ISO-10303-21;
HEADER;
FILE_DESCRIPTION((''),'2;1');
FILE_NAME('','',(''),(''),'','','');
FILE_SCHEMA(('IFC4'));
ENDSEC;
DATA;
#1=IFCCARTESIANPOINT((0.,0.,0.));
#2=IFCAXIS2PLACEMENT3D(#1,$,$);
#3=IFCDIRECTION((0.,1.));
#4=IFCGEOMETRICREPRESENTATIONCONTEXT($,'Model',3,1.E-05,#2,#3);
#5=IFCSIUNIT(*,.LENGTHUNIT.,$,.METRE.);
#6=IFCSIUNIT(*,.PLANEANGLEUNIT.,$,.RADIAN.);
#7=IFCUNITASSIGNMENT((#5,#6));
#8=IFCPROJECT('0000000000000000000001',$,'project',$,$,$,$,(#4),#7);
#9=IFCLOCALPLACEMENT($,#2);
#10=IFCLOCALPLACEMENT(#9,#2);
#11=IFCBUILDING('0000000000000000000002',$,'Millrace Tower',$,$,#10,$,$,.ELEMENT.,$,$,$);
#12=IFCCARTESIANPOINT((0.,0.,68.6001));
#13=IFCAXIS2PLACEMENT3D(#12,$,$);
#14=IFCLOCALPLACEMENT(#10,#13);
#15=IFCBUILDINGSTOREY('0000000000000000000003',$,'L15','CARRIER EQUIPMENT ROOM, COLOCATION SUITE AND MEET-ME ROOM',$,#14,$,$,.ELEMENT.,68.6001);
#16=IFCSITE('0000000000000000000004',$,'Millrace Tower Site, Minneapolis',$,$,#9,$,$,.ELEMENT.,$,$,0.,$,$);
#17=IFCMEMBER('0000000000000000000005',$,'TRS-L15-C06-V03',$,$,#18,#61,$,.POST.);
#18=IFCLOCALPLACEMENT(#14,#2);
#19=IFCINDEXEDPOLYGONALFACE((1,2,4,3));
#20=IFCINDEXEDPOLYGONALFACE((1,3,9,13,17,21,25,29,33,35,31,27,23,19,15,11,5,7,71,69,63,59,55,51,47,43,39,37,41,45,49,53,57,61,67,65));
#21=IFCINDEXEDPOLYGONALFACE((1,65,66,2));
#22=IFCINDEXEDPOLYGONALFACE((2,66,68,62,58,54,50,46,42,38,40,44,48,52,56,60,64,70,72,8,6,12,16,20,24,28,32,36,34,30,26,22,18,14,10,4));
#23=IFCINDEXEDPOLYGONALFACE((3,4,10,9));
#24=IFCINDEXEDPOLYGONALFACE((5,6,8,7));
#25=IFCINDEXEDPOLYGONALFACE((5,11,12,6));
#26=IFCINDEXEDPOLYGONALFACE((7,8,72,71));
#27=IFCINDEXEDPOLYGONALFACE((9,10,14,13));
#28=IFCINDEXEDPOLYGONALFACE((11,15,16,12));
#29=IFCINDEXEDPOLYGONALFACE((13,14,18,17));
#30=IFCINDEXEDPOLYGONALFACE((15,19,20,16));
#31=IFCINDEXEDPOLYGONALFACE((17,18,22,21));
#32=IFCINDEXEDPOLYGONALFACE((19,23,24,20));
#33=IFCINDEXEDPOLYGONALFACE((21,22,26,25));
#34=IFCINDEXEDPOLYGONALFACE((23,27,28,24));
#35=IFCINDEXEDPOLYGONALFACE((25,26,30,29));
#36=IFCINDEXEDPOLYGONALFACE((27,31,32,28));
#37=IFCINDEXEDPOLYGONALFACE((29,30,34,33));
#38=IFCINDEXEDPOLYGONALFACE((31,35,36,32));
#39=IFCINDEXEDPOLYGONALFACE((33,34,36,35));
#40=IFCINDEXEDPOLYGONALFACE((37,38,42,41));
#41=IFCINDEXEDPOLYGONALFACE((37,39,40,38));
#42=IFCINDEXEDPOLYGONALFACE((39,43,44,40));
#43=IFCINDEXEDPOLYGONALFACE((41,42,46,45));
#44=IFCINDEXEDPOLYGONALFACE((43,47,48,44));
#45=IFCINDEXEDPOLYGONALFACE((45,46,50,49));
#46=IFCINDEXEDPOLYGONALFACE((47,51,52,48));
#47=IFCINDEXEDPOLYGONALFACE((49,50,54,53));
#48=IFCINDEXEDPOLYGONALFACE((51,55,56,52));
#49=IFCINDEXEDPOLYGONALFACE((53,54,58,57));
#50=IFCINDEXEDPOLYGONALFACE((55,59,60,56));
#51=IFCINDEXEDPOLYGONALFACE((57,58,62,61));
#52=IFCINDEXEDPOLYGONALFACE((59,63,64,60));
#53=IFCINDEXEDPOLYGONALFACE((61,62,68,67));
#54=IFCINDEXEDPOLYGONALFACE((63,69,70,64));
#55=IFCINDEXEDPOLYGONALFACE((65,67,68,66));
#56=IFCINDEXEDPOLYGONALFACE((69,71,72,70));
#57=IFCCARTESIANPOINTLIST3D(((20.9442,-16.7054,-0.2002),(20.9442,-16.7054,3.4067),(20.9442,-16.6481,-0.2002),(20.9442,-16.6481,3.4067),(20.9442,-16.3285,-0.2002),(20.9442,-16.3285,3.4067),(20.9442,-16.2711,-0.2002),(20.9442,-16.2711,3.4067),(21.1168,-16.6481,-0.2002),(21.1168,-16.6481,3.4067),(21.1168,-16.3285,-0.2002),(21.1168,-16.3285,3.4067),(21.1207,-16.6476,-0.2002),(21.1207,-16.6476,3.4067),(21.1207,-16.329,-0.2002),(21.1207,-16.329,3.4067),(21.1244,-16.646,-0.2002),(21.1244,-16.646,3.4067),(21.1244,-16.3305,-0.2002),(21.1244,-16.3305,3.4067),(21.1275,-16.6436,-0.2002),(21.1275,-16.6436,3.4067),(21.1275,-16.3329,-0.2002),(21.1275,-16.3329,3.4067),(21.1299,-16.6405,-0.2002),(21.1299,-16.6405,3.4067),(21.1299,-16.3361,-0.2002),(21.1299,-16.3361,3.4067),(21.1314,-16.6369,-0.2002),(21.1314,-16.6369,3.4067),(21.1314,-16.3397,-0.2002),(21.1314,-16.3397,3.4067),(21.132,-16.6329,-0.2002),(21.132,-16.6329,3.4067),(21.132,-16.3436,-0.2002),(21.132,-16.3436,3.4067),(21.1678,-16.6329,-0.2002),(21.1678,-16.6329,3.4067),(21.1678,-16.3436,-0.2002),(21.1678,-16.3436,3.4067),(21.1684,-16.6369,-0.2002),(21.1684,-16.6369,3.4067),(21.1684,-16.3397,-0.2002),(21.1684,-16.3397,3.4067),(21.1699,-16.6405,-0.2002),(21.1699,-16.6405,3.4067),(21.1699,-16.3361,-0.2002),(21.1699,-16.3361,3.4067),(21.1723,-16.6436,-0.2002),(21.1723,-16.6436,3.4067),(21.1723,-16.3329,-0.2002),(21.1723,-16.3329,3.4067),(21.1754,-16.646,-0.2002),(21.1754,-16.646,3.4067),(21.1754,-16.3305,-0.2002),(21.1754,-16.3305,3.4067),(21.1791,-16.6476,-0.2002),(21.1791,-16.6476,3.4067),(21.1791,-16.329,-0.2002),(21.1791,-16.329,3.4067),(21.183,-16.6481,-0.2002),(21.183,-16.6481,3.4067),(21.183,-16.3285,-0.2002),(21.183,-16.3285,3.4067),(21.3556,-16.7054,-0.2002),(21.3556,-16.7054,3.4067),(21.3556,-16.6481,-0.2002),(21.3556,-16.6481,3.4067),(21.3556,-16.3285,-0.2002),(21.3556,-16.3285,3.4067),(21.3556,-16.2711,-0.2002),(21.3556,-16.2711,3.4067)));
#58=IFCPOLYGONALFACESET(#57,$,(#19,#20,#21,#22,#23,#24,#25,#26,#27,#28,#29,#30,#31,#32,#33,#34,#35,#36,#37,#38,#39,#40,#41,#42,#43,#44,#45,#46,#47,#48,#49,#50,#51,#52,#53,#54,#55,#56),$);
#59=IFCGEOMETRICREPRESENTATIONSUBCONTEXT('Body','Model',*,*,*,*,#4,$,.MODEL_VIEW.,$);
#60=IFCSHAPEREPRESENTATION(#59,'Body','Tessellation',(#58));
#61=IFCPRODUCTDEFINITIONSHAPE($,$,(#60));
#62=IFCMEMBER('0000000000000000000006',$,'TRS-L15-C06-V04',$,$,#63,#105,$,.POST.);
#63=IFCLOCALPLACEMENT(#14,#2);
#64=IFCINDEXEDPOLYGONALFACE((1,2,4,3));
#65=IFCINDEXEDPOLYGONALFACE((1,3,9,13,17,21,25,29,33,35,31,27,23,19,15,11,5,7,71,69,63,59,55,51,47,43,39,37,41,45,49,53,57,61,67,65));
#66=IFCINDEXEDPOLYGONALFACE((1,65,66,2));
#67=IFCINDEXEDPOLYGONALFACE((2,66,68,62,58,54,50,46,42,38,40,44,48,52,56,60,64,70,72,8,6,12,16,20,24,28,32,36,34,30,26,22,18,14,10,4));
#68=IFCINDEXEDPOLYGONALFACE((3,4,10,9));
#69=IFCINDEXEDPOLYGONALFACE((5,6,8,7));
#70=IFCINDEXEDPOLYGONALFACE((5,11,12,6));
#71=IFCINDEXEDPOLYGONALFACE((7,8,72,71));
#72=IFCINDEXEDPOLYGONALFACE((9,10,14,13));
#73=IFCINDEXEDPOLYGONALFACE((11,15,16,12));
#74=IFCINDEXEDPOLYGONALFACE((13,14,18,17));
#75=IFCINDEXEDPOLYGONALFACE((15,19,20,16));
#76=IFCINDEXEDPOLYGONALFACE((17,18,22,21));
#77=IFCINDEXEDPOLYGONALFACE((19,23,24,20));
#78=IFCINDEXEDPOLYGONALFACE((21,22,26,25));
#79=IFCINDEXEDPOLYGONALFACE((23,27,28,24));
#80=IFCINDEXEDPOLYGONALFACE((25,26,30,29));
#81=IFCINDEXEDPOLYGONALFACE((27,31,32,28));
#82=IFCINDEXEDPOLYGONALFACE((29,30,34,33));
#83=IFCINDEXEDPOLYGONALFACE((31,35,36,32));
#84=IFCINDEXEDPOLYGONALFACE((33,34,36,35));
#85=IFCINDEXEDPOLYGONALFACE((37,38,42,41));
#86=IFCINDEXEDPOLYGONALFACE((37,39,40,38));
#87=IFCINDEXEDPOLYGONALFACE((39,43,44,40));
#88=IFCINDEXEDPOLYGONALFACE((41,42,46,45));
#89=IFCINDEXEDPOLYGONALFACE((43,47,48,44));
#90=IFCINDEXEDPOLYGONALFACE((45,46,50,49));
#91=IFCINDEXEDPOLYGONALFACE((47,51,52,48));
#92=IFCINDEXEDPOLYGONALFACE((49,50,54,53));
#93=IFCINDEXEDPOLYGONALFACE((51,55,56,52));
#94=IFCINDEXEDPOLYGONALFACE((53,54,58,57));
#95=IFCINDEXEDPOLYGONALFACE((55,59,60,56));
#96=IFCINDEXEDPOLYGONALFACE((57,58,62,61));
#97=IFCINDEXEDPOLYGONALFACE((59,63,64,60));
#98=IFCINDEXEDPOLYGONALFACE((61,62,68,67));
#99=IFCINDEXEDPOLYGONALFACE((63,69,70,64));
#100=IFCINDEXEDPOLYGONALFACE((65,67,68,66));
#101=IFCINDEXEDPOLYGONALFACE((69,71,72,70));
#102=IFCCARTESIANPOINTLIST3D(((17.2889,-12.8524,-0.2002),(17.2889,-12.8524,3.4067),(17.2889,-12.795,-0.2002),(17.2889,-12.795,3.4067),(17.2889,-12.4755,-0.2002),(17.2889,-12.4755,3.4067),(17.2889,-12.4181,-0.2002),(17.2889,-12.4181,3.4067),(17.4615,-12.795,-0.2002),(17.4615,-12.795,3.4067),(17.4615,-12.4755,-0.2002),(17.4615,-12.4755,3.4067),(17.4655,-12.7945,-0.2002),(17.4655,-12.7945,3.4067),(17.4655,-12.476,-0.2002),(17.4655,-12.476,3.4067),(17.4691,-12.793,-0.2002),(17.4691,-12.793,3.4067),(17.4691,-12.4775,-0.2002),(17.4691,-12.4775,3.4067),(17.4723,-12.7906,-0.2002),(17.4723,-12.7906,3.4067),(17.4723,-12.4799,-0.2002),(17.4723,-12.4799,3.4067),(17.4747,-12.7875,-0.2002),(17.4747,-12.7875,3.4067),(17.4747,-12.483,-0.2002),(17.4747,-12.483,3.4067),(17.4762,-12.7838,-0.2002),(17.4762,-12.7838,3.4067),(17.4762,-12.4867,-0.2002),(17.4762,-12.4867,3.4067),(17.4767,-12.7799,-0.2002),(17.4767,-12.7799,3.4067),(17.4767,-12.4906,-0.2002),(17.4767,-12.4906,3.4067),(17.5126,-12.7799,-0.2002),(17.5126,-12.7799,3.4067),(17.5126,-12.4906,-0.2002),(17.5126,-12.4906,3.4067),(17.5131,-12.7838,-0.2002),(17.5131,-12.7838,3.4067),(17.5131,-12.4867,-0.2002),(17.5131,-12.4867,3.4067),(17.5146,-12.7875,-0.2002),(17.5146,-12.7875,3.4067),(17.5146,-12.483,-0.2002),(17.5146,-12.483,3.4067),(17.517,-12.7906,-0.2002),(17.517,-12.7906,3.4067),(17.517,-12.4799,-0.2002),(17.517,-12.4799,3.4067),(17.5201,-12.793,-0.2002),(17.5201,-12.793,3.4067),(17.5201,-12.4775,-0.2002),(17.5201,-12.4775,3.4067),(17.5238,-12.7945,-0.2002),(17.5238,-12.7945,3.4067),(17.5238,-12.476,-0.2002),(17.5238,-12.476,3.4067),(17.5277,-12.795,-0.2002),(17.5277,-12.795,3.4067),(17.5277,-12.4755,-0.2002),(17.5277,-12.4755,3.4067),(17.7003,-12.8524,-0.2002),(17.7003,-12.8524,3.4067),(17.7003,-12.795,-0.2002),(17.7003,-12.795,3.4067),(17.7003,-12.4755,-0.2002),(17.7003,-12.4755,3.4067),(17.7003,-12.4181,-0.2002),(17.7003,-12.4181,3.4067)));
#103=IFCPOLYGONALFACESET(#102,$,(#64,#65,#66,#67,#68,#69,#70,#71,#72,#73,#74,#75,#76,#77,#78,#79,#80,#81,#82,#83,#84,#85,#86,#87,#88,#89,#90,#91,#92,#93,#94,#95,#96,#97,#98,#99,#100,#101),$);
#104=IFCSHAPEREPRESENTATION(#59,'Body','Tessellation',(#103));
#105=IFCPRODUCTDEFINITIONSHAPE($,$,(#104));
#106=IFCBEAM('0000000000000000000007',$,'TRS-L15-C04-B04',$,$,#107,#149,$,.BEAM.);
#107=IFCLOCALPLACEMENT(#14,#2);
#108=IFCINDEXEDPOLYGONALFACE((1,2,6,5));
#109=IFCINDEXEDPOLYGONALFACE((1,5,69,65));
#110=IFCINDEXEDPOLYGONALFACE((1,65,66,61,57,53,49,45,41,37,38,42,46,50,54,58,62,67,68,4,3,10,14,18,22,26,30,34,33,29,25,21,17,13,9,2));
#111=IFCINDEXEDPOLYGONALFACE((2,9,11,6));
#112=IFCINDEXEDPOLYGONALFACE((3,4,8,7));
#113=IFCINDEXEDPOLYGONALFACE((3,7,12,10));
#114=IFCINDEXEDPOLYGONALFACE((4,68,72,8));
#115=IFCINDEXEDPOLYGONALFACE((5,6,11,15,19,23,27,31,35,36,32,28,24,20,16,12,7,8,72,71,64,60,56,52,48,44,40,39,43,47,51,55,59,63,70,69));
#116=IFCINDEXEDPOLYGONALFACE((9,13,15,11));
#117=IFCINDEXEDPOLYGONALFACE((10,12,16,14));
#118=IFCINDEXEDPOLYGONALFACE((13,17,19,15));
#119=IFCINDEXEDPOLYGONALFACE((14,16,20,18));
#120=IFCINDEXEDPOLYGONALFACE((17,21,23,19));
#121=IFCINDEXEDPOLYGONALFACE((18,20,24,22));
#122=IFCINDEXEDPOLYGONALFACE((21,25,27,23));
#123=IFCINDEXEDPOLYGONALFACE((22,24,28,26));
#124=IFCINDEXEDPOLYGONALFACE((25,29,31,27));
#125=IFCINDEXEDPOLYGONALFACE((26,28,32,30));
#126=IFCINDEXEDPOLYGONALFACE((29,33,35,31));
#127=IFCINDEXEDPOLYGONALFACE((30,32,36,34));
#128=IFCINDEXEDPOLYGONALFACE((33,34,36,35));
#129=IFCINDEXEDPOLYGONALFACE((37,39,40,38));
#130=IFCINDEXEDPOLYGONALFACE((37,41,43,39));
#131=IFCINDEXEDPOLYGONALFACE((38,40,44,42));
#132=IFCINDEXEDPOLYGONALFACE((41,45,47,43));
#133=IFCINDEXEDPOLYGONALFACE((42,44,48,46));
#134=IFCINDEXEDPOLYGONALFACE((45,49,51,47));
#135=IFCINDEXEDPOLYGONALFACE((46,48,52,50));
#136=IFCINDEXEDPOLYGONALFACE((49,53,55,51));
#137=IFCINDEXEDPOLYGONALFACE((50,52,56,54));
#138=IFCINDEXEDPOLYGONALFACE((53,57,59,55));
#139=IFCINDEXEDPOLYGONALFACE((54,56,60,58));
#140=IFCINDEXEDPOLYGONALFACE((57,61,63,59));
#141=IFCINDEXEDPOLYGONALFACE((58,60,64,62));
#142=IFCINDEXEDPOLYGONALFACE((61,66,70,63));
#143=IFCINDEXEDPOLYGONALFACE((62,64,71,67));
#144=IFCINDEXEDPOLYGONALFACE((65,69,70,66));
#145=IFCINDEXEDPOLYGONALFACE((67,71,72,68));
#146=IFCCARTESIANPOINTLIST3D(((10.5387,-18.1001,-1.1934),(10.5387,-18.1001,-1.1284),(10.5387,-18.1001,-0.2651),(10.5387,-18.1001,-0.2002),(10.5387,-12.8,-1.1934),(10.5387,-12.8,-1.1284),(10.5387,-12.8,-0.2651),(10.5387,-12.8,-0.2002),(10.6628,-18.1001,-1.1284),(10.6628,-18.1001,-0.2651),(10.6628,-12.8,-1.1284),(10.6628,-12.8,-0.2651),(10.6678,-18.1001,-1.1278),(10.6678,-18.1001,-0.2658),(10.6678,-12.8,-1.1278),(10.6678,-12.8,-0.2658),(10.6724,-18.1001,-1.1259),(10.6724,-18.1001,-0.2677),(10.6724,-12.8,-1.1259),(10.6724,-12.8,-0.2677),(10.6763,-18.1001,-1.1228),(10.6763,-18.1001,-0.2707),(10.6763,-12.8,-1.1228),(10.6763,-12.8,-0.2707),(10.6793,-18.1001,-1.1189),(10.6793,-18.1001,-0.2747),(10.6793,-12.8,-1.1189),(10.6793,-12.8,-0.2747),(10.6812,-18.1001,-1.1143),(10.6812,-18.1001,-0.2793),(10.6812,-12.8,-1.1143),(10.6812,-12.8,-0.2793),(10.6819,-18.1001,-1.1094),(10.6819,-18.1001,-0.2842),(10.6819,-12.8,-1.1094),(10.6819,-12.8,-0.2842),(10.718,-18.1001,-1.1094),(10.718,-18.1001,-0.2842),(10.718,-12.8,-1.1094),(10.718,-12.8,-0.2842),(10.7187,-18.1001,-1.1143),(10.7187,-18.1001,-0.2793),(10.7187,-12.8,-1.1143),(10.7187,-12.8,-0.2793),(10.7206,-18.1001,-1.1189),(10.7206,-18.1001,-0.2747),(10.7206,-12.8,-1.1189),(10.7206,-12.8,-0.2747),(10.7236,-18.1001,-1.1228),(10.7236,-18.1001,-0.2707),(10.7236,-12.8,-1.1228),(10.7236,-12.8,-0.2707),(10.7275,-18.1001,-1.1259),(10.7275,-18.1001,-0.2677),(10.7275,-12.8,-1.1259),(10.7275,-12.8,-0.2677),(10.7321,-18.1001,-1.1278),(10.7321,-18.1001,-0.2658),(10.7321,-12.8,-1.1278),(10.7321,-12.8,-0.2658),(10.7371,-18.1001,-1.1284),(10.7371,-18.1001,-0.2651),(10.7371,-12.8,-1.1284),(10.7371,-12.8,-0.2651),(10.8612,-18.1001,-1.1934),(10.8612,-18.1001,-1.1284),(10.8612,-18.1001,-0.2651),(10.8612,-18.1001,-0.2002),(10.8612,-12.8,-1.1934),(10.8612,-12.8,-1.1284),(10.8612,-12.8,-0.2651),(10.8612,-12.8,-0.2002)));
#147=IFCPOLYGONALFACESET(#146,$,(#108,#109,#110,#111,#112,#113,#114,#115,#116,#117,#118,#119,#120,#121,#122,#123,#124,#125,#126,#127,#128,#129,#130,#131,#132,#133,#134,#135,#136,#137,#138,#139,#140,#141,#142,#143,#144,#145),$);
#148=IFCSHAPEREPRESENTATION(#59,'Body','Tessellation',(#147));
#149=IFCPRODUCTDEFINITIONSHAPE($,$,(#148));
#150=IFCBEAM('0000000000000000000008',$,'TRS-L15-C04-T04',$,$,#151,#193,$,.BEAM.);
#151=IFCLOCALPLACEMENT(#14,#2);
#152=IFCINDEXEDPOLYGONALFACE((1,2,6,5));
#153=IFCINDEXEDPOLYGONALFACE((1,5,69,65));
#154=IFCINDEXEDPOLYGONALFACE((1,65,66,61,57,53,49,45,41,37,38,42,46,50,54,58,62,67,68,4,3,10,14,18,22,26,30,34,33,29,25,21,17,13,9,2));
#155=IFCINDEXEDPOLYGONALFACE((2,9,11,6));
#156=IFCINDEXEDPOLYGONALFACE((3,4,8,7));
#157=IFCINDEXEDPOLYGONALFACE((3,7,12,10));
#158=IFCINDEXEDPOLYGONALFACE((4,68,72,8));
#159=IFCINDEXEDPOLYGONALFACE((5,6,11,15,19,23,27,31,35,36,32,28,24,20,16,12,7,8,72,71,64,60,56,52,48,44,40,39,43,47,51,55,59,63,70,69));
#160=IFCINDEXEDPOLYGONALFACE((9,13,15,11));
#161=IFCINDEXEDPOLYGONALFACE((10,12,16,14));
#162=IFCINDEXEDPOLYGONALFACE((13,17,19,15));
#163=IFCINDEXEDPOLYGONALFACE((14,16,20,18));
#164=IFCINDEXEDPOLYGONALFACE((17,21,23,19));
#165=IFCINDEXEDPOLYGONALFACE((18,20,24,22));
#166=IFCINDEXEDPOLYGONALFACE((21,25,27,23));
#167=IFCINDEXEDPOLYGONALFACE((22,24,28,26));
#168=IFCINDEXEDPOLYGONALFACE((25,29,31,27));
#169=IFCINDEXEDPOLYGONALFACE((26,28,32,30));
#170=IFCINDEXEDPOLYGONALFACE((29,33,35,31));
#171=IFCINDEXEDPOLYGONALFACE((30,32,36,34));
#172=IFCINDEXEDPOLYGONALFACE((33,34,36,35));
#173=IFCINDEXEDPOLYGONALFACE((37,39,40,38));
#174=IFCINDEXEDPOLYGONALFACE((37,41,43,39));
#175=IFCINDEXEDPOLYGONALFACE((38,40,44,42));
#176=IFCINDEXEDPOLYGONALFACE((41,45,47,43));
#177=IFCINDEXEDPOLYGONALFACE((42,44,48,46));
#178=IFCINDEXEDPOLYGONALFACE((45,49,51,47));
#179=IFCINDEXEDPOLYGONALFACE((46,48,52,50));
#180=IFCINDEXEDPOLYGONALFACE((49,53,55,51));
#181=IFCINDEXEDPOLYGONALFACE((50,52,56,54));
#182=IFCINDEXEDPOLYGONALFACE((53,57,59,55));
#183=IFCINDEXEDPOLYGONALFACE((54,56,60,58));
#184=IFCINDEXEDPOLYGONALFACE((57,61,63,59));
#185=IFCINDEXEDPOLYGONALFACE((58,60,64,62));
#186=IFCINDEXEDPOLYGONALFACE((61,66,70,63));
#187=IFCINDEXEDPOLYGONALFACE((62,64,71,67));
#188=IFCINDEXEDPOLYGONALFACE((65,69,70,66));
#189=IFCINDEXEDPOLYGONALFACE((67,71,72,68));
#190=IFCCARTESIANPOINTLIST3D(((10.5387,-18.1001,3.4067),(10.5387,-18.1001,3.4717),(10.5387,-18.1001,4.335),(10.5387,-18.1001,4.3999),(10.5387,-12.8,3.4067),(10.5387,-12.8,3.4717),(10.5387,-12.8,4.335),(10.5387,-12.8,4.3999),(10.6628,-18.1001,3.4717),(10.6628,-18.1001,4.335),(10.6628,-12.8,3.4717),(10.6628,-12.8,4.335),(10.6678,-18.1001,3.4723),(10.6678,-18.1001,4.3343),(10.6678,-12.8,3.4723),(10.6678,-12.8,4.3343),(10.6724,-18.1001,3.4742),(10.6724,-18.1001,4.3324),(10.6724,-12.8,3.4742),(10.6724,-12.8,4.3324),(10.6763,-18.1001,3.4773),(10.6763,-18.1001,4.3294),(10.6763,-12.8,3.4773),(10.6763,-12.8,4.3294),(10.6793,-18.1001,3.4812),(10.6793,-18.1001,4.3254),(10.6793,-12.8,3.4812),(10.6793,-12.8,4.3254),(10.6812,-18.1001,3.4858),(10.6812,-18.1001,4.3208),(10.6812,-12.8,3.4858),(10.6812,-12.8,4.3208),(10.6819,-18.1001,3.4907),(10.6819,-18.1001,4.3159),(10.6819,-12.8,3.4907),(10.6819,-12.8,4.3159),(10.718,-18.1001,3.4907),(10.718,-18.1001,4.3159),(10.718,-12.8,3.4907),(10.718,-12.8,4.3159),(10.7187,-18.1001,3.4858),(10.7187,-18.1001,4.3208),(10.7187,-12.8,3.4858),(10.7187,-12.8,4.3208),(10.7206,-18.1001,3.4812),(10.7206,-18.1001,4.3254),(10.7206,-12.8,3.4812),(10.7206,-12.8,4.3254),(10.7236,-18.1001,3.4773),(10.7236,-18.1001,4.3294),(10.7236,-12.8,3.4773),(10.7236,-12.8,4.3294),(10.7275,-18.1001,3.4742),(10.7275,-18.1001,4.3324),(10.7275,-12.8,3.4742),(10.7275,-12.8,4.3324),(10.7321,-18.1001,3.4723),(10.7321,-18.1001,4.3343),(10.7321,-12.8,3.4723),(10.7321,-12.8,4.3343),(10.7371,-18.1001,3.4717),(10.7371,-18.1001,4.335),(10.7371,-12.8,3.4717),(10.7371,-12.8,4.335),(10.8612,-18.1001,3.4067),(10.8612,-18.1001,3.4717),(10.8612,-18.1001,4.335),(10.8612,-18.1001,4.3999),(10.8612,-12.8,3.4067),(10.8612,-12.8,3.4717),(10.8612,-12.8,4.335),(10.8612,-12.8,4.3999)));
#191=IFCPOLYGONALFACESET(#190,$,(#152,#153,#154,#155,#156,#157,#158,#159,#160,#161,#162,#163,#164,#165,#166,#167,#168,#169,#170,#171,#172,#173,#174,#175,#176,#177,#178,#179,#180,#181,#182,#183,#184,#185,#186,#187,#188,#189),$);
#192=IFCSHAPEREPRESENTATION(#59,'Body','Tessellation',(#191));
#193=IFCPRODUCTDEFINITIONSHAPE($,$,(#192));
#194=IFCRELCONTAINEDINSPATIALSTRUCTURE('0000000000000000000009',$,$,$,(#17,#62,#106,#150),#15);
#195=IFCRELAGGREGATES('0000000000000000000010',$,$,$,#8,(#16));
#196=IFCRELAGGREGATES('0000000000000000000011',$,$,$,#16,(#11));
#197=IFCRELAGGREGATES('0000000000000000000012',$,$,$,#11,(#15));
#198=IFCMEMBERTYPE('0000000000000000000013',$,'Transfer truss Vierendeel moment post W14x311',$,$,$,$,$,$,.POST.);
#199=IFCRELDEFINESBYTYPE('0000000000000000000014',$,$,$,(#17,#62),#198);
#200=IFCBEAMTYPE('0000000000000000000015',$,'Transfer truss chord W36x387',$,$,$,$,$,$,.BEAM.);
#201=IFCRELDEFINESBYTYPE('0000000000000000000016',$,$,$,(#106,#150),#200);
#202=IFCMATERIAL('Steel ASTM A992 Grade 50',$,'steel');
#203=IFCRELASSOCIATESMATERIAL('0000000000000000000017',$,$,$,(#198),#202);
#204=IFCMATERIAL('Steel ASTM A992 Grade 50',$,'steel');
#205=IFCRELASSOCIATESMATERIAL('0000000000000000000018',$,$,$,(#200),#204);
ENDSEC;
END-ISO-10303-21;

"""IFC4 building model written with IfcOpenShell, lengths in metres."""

from ifc_helpers import new_model, si_unit, direction, frame, origin, origin_2d, place, context, subcontext, project, spatial, i_section, extrude, material, material_profile, profile_set, type_object, element, save


model = new_model("IFC4")

# Units and contexts
model_context = context("Model", 3, precision=1e-05, world=origin(), true_north=direction((0.0, 1.0)))
body_context = subcontext(model_context, "Body", "Model", "MODEL_VIEW")
ifc_project = project(units=[si_unit("LENGTHUNIT", "METRE"), si_unit("PLANEANGLEUNIT", "RADIAN")], contexts=[model_context])

# Site, building, storey
site_placement = place(None, origin())
site = spatial("IfcSite", under=ifc_project, at=site_placement, Name="Millrace Tower Site, Minneapolis", CompositionType="ELEMENT", RefElevation=0.0)
building_placement = place(site_placement, origin())
building = spatial("IfcBuilding", under=site, at=building_placement, Name="Millrace Tower", CompositionType="ELEMENT")
storey_placement = place(building_placement, frame((0.0, 0.0, 68.6001)))
storey = spatial("IfcBuildingStorey", under=building, at=storey_placement, Name="L15", Description="CARRIER EQUIPMENT ROOM, COLOCATION SUITE AND MEET-ME ROOM", CompositionType="ELEMENT", Elevation=68.6001)

# Members
ifc_material_1 = material(Name="Steel ASTM A992 Grade 50", Category="steel")
ifc_material_profile_1 = material_profile(ifc_material_1, i_section(OverallWidth=0.4114, OverallDepth=0.4343, WebThickness=0.0359, FlangeThickness=0.0574, FilletRadius=0.0151, at=origin_2d()))
ifc_profile_set_1 = profile_set([ifc_material_profile_1], Name="Steel ASTM A992 Grade 50")
member_type = type_object("IfcMemberType", Name="Transfer truss Vierendeel moment post W14x311", PredefinedType="POST", material=ifc_profile_set_1)
for number, where, z_axis, x_axis, name in (
    (1, (21.1499, -16.4883, -0.2002), (0.0, 0.0, 1.0), (1.0, 0.0, 0.0), "TRS-L15-C06-V03"),
    (2, (17.4946, -12.6353, -0.2002), (0.0, 0.0, 1.0), (1.0, 0.0, 0.0), "TRS-L15-C06-V04"),
):
    element("IfcMember", number, at=place(storey_placement, frame(where, z_axis=z_axis, x_axis=x_axis)), inside=storey, type_object=member_type, Name=name, PredefinedType="POST", context=body_context, shape_type="SweptSolid", body=[
        extrude(i_section(OverallWidth=0.4114, OverallDepth=0.4343, WebThickness=0.0359, FlangeThickness=0.0574, FilletRadius=0.0151, at=origin_2d()), origin(), (0.0, 0.0, 1.0), 3.6069),
    ])

# Beams
ifc_material_2 = material(Name="Steel ASTM A992 Grade 50", Category="steel")
ifc_material_profile_2 = material_profile(ifc_material_2, i_section(OverallWidth=0.3225, OverallDepth=0.9932, WebThickness=0.0361, FlangeThickness=0.0649, FilletRadius=0.019, at=origin_2d()))
ifc_profile_set_2 = profile_set([ifc_material_profile_2], Name="Steel ASTM A992 Grade 50")
beam_type_1 = type_object("IfcBeamType", Name="Transfer truss chord W36x387", PredefinedType="BEAM", material=ifc_profile_set_2)
for number, where, z_axis, x_axis, name in (
    (3, (10.7, -18.1001, -0.6968), (0.0, 1.0, 0.0), (-1.0, 0.0, 0.0), "TRS-L15-C04-B04"),
    (4, (10.7, -18.1001, 3.9033), (0.0, 1.0, 0.0), (-1.0, 0.0, 0.0), "TRS-L15-C04-T04"),
):
    element("IfcBeam", number, at=place(storey_placement, frame(where, z_axis=z_axis, x_axis=x_axis)), inside=storey, type_object=beam_type_1, Name=name, PredefinedType="BEAM", context=body_context, shape_type="SweptSolid", body=[
        extrude(i_section(OverallWidth=0.3225, OverallDepth=0.9932, WebThickness=0.0361, FlangeThickness=0.0649, FilletRadius=0.019, at=origin_2d()), origin(), (0.0, 0.0, 1.0), 5.3),
    ])

save(model, "model.ifc")
